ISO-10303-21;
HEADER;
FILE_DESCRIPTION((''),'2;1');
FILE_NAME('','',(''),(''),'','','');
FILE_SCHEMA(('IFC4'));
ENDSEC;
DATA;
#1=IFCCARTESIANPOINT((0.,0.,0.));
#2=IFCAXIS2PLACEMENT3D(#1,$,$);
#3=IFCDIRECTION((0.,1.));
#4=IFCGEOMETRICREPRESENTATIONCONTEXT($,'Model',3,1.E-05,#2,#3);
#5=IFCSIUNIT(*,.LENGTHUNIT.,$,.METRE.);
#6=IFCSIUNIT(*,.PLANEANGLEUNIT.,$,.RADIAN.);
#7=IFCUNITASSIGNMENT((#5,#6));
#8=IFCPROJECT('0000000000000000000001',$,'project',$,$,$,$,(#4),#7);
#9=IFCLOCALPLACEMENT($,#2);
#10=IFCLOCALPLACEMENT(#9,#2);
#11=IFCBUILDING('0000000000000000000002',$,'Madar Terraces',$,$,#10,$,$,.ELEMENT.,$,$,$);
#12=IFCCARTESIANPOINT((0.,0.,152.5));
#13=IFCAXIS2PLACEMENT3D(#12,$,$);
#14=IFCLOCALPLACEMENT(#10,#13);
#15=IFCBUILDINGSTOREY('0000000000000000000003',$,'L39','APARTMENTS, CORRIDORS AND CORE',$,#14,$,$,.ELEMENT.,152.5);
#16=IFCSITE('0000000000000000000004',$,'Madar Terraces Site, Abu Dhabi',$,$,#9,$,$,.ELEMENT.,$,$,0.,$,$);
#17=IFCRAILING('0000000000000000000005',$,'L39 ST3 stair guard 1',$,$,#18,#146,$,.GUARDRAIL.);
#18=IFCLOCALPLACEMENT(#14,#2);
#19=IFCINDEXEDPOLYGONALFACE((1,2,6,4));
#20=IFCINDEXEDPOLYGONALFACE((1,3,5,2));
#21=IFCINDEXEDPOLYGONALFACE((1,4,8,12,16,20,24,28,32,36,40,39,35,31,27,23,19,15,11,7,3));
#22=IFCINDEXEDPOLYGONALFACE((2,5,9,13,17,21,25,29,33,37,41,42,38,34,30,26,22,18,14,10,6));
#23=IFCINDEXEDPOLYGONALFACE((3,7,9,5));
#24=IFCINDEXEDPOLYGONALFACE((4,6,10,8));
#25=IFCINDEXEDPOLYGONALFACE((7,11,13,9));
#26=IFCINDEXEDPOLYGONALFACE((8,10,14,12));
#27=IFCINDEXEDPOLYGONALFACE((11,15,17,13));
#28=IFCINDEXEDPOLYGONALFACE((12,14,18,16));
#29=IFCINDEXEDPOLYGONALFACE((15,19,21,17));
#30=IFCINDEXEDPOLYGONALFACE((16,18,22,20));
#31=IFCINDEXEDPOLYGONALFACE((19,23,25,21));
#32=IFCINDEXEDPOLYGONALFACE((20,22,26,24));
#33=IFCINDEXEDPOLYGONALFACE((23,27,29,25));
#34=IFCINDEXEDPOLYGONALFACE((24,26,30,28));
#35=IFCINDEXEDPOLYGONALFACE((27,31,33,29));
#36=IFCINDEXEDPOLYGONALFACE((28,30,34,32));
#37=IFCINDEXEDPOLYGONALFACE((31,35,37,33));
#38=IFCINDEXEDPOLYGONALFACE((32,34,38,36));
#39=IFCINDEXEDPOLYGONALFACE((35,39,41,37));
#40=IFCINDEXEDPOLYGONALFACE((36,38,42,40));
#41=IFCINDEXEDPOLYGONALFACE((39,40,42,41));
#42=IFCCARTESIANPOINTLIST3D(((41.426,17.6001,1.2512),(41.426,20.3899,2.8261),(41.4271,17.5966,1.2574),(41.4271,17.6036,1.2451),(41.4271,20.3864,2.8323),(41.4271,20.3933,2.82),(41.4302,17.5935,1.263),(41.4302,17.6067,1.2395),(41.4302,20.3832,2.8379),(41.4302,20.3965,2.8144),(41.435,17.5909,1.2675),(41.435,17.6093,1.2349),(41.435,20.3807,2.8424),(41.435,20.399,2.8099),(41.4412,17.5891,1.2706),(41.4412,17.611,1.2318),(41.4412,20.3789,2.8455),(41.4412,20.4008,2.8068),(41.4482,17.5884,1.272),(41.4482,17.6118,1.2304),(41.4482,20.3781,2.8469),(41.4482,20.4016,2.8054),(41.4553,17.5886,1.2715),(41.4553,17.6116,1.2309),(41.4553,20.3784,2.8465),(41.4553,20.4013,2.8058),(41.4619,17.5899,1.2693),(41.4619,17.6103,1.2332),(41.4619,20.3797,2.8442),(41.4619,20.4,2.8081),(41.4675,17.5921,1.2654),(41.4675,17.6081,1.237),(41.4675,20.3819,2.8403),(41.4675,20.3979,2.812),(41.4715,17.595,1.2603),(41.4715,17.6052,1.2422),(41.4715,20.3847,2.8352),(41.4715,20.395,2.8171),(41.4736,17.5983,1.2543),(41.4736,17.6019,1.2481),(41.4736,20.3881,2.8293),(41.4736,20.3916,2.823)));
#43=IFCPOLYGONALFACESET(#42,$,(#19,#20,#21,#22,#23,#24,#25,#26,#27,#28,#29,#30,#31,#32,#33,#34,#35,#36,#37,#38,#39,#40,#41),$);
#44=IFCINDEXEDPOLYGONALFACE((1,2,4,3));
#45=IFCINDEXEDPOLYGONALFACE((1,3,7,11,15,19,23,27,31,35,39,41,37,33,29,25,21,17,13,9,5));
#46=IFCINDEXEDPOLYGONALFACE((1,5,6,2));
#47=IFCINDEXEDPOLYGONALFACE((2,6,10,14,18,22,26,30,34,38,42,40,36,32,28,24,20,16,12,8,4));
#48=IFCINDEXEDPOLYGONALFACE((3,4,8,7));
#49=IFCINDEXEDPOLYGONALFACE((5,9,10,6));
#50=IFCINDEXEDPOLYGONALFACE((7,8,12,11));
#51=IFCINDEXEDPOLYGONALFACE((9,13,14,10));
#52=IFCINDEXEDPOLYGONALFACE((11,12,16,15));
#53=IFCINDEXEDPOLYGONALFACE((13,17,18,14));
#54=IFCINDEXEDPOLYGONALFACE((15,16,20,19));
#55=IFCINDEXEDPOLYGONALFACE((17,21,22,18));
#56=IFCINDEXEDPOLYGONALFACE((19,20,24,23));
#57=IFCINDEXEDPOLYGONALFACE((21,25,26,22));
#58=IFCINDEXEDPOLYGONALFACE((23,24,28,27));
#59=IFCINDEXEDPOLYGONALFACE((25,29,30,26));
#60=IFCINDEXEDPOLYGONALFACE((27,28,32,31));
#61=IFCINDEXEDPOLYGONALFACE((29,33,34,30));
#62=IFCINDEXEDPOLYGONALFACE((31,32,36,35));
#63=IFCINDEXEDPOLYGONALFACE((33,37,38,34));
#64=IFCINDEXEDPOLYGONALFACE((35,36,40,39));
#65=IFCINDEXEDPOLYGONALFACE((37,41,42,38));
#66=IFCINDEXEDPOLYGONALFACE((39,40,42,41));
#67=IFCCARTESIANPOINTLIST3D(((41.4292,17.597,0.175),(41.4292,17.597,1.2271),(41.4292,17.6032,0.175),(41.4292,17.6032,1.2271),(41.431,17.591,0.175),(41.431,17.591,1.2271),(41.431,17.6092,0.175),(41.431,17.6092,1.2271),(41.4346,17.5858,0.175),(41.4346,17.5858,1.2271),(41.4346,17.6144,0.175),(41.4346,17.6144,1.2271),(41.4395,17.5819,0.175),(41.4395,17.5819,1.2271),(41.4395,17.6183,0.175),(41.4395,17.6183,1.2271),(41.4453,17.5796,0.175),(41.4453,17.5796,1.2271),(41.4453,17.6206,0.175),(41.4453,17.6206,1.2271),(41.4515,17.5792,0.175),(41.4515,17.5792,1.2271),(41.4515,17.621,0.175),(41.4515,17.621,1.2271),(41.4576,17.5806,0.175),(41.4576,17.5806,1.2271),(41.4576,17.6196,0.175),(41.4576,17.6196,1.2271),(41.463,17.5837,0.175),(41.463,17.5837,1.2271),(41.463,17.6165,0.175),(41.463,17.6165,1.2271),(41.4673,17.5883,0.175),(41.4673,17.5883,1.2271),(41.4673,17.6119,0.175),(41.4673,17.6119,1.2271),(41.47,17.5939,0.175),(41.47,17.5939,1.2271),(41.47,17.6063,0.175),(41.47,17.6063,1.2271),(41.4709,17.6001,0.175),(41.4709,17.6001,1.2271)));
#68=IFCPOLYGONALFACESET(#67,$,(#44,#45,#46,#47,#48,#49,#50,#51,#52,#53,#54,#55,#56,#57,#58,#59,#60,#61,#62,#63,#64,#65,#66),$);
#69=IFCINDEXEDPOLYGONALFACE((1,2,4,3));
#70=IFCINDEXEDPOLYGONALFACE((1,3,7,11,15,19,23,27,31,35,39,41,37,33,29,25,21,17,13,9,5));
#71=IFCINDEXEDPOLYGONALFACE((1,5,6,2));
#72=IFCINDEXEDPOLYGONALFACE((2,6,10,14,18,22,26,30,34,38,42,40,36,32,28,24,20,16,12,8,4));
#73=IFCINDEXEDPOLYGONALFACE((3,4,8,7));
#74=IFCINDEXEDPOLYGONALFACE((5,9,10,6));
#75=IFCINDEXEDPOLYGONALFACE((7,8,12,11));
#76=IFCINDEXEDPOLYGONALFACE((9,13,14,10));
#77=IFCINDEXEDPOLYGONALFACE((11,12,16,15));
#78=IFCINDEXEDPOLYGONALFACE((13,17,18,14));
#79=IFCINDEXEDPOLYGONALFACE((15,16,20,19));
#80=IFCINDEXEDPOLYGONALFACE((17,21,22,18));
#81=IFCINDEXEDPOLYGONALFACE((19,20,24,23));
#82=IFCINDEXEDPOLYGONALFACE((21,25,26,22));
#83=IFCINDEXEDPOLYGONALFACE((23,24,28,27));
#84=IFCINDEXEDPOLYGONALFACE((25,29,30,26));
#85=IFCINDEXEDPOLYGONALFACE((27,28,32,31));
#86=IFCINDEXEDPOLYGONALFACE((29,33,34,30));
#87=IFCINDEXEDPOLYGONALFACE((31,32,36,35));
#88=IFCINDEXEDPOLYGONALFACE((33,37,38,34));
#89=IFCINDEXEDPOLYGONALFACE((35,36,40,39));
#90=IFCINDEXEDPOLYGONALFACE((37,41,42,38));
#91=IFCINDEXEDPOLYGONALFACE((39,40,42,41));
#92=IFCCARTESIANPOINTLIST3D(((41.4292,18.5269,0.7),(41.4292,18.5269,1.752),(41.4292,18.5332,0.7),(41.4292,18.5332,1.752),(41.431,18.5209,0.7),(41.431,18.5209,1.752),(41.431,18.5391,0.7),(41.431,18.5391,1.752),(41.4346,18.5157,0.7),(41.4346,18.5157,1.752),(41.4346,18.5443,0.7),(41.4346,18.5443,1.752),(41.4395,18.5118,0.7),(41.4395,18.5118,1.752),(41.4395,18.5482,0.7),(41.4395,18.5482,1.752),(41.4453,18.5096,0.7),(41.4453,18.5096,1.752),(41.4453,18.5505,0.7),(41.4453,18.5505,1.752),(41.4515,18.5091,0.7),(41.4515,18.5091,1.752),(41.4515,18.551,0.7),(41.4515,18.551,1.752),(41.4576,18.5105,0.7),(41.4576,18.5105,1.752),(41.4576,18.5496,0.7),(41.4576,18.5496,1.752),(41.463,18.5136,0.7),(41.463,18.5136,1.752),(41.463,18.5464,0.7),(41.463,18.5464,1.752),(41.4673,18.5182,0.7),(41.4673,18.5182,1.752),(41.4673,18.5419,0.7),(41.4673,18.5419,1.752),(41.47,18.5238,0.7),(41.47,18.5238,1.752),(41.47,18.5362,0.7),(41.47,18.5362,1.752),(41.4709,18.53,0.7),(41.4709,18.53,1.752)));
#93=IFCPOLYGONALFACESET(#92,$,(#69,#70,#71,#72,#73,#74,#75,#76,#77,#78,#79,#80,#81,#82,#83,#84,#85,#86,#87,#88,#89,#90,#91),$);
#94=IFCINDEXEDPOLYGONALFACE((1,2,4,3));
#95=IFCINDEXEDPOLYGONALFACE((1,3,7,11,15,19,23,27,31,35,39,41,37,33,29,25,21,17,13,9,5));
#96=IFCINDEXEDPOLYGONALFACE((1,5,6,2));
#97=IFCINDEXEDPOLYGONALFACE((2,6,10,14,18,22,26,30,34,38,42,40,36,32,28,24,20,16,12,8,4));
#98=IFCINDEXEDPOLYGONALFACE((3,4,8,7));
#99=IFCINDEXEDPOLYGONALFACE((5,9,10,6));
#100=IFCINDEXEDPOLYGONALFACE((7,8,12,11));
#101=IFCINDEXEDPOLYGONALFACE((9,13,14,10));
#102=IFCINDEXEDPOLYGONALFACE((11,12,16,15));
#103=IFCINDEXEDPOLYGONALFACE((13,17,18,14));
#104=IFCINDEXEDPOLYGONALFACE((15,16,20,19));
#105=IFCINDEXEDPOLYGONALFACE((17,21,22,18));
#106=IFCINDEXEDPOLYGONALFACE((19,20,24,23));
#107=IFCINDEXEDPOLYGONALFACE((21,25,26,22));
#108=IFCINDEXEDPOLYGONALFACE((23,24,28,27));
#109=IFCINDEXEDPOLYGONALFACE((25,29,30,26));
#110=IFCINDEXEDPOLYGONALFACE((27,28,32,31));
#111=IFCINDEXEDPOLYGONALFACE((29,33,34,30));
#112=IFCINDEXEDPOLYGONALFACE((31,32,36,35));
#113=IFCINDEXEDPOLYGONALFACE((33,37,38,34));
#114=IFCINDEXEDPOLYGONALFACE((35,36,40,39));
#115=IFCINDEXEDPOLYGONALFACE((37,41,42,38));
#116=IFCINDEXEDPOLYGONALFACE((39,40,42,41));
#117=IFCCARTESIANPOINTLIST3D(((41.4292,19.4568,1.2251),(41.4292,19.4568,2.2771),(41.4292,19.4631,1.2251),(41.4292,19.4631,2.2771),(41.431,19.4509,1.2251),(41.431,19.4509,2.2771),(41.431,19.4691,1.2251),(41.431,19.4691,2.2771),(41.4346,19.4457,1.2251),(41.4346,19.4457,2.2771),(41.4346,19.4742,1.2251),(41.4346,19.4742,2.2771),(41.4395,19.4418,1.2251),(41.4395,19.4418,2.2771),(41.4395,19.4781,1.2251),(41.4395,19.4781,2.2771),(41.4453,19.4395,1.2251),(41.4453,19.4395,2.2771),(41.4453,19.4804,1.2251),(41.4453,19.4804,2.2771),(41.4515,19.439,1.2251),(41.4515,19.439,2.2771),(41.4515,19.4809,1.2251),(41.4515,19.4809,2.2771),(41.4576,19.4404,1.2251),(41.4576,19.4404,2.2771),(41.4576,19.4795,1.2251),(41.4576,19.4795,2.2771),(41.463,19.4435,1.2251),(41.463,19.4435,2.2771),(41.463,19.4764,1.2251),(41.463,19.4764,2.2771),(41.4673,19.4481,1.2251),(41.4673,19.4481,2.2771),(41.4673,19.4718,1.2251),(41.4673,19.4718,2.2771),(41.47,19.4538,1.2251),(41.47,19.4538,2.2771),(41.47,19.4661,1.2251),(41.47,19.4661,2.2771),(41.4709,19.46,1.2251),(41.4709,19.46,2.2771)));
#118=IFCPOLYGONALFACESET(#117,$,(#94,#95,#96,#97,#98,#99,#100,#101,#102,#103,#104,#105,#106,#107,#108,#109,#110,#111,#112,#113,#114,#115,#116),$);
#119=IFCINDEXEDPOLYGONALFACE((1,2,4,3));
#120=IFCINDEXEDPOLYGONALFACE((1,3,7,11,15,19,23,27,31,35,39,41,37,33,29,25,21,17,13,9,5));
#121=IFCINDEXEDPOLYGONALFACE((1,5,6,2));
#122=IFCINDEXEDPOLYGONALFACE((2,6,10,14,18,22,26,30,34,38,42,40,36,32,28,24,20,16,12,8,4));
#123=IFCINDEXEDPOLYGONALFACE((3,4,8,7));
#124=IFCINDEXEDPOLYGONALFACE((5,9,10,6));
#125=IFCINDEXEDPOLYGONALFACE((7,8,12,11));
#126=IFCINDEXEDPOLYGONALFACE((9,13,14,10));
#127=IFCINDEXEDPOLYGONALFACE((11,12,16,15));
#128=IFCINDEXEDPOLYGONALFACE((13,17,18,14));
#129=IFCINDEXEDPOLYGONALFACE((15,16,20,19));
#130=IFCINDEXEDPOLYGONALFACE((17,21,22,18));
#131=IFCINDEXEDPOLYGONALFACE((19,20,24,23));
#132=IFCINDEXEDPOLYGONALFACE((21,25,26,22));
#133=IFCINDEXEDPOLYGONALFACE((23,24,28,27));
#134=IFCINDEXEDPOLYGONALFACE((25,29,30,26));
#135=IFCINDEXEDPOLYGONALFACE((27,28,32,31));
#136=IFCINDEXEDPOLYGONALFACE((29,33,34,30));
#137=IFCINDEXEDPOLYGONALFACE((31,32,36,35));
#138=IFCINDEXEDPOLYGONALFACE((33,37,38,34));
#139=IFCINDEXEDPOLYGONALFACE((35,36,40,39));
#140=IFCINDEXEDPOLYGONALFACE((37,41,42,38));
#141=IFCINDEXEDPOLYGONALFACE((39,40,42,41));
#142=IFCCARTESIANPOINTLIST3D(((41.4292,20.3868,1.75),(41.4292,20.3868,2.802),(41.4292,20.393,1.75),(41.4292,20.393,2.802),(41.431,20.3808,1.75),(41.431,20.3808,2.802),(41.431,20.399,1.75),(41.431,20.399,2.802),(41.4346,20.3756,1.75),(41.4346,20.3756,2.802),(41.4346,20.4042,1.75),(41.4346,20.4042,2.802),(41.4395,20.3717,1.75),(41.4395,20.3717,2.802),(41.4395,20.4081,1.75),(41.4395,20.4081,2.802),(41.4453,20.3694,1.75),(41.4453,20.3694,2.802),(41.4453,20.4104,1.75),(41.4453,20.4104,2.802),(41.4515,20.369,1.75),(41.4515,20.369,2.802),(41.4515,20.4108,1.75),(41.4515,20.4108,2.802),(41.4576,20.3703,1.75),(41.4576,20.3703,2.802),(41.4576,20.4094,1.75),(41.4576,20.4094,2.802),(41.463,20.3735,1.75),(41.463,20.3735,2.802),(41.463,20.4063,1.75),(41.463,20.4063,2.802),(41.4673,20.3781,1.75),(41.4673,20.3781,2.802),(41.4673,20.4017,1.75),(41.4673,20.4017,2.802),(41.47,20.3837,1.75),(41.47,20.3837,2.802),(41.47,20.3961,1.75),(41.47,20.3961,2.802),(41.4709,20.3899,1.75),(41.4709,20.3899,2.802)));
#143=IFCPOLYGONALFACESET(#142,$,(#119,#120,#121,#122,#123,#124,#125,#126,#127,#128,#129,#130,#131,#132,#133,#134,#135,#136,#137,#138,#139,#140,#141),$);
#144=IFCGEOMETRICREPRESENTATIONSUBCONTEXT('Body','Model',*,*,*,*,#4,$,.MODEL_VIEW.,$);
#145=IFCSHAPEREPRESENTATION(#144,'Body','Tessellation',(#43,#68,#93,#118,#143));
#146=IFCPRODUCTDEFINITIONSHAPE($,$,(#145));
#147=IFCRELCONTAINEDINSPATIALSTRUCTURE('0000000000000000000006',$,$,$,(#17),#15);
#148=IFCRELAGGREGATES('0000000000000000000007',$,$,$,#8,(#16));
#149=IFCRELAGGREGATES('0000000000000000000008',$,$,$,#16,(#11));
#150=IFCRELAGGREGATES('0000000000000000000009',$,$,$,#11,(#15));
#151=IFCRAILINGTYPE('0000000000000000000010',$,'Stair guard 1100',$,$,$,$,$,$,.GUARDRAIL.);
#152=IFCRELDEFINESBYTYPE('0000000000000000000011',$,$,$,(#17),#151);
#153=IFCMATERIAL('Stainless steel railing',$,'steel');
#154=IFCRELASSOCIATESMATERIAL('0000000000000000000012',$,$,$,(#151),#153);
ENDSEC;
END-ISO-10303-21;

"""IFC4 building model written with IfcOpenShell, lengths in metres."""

from ifc_helpers import new_model, si_unit, direction, frame, origin, origin_2d, place, context, subcontext, project, spatial, circle, extrude, material, type_object, element, save


model = new_model("IFC4")

# Units and contexts
model_context = context("Model", 3, precision=1e-05, world=origin(), true_north=direction((0.0, 1.0)))
body_context = subcontext(model_context, "Body", "Model", "MODEL_VIEW")
ifc_project = project(units=[si_unit("LENGTHUNIT", "METRE"), si_unit("PLANEANGLEUNIT", "RADIAN")], contexts=[model_context])

# Site, building, storey
site_placement = place(None, origin())
site = spatial("IfcSite", under=ifc_project, at=site_placement, Name="Madar Terraces Site, Abu Dhabi", CompositionType="ELEMENT", RefElevation=0.0)
building_placement = place(site_placement, origin())
building = spatial("IfcBuilding", under=site, at=building_placement, Name="Madar Terraces", CompositionType="ELEMENT")
storey_placement = place(building_placement, frame((0.0, 0.0, 152.5)))
storey = spatial("IfcBuildingStorey", under=building, at=storey_placement, Name="L39", Description="APARTMENTS, CORRIDORS AND CORE", CompositionType="ELEMENT", Elevation=152.5)

# Railing
ifc_material_1 = material(Name="Stainless steel railing", Category="steel")
railing_type_1 = type_object("IfcRailingType", Name="Stair guard 1100", PredefinedType="GUARDRAIL", material=ifc_material_1)
railing_1_placement = place(storey_placement, frame((41.45, 17.6001, 0.175)))
element("IfcRailing", 1, at=railing_1_placement, inside=storey, type_object=railing_type_1, Name="L39 ST3 stair guard 1", PredefinedType="GUARDRAIL", context=body_context, shape_type="SweptSolid", body=[
    extrude(circle(Radius=0.0239, at=origin_2d()), frame((0.0, 0.0, 1.0762), z_axis=(0.0, 0.870815, 0.49161), x_axis=(-1.0, 0.0, 0.0)), (0.0, 0.0, 1.0), 3.2036),
    extrude(circle(Radius=0.021, at=origin_2d()), origin(), (0.0, 0.0, 1.0), 1.052),
    extrude(circle(Radius=0.021, at=origin_2d()), frame((0.0, 0.9299, 0.5249)), (0.0, 0.0, 1.0), 1.052),
    extrude(circle(Radius=0.021, at=origin_2d()), frame((0.0, 1.8599, 1.05)), (0.0, 0.0, 1.0), 1.052),
    extrude(circle(Radius=0.021, at=origin_2d()), frame((0.0, 2.7898, 1.575)), (0.0, 0.0, 1.0), 1.052),
])

save(model, "model.ifc")
